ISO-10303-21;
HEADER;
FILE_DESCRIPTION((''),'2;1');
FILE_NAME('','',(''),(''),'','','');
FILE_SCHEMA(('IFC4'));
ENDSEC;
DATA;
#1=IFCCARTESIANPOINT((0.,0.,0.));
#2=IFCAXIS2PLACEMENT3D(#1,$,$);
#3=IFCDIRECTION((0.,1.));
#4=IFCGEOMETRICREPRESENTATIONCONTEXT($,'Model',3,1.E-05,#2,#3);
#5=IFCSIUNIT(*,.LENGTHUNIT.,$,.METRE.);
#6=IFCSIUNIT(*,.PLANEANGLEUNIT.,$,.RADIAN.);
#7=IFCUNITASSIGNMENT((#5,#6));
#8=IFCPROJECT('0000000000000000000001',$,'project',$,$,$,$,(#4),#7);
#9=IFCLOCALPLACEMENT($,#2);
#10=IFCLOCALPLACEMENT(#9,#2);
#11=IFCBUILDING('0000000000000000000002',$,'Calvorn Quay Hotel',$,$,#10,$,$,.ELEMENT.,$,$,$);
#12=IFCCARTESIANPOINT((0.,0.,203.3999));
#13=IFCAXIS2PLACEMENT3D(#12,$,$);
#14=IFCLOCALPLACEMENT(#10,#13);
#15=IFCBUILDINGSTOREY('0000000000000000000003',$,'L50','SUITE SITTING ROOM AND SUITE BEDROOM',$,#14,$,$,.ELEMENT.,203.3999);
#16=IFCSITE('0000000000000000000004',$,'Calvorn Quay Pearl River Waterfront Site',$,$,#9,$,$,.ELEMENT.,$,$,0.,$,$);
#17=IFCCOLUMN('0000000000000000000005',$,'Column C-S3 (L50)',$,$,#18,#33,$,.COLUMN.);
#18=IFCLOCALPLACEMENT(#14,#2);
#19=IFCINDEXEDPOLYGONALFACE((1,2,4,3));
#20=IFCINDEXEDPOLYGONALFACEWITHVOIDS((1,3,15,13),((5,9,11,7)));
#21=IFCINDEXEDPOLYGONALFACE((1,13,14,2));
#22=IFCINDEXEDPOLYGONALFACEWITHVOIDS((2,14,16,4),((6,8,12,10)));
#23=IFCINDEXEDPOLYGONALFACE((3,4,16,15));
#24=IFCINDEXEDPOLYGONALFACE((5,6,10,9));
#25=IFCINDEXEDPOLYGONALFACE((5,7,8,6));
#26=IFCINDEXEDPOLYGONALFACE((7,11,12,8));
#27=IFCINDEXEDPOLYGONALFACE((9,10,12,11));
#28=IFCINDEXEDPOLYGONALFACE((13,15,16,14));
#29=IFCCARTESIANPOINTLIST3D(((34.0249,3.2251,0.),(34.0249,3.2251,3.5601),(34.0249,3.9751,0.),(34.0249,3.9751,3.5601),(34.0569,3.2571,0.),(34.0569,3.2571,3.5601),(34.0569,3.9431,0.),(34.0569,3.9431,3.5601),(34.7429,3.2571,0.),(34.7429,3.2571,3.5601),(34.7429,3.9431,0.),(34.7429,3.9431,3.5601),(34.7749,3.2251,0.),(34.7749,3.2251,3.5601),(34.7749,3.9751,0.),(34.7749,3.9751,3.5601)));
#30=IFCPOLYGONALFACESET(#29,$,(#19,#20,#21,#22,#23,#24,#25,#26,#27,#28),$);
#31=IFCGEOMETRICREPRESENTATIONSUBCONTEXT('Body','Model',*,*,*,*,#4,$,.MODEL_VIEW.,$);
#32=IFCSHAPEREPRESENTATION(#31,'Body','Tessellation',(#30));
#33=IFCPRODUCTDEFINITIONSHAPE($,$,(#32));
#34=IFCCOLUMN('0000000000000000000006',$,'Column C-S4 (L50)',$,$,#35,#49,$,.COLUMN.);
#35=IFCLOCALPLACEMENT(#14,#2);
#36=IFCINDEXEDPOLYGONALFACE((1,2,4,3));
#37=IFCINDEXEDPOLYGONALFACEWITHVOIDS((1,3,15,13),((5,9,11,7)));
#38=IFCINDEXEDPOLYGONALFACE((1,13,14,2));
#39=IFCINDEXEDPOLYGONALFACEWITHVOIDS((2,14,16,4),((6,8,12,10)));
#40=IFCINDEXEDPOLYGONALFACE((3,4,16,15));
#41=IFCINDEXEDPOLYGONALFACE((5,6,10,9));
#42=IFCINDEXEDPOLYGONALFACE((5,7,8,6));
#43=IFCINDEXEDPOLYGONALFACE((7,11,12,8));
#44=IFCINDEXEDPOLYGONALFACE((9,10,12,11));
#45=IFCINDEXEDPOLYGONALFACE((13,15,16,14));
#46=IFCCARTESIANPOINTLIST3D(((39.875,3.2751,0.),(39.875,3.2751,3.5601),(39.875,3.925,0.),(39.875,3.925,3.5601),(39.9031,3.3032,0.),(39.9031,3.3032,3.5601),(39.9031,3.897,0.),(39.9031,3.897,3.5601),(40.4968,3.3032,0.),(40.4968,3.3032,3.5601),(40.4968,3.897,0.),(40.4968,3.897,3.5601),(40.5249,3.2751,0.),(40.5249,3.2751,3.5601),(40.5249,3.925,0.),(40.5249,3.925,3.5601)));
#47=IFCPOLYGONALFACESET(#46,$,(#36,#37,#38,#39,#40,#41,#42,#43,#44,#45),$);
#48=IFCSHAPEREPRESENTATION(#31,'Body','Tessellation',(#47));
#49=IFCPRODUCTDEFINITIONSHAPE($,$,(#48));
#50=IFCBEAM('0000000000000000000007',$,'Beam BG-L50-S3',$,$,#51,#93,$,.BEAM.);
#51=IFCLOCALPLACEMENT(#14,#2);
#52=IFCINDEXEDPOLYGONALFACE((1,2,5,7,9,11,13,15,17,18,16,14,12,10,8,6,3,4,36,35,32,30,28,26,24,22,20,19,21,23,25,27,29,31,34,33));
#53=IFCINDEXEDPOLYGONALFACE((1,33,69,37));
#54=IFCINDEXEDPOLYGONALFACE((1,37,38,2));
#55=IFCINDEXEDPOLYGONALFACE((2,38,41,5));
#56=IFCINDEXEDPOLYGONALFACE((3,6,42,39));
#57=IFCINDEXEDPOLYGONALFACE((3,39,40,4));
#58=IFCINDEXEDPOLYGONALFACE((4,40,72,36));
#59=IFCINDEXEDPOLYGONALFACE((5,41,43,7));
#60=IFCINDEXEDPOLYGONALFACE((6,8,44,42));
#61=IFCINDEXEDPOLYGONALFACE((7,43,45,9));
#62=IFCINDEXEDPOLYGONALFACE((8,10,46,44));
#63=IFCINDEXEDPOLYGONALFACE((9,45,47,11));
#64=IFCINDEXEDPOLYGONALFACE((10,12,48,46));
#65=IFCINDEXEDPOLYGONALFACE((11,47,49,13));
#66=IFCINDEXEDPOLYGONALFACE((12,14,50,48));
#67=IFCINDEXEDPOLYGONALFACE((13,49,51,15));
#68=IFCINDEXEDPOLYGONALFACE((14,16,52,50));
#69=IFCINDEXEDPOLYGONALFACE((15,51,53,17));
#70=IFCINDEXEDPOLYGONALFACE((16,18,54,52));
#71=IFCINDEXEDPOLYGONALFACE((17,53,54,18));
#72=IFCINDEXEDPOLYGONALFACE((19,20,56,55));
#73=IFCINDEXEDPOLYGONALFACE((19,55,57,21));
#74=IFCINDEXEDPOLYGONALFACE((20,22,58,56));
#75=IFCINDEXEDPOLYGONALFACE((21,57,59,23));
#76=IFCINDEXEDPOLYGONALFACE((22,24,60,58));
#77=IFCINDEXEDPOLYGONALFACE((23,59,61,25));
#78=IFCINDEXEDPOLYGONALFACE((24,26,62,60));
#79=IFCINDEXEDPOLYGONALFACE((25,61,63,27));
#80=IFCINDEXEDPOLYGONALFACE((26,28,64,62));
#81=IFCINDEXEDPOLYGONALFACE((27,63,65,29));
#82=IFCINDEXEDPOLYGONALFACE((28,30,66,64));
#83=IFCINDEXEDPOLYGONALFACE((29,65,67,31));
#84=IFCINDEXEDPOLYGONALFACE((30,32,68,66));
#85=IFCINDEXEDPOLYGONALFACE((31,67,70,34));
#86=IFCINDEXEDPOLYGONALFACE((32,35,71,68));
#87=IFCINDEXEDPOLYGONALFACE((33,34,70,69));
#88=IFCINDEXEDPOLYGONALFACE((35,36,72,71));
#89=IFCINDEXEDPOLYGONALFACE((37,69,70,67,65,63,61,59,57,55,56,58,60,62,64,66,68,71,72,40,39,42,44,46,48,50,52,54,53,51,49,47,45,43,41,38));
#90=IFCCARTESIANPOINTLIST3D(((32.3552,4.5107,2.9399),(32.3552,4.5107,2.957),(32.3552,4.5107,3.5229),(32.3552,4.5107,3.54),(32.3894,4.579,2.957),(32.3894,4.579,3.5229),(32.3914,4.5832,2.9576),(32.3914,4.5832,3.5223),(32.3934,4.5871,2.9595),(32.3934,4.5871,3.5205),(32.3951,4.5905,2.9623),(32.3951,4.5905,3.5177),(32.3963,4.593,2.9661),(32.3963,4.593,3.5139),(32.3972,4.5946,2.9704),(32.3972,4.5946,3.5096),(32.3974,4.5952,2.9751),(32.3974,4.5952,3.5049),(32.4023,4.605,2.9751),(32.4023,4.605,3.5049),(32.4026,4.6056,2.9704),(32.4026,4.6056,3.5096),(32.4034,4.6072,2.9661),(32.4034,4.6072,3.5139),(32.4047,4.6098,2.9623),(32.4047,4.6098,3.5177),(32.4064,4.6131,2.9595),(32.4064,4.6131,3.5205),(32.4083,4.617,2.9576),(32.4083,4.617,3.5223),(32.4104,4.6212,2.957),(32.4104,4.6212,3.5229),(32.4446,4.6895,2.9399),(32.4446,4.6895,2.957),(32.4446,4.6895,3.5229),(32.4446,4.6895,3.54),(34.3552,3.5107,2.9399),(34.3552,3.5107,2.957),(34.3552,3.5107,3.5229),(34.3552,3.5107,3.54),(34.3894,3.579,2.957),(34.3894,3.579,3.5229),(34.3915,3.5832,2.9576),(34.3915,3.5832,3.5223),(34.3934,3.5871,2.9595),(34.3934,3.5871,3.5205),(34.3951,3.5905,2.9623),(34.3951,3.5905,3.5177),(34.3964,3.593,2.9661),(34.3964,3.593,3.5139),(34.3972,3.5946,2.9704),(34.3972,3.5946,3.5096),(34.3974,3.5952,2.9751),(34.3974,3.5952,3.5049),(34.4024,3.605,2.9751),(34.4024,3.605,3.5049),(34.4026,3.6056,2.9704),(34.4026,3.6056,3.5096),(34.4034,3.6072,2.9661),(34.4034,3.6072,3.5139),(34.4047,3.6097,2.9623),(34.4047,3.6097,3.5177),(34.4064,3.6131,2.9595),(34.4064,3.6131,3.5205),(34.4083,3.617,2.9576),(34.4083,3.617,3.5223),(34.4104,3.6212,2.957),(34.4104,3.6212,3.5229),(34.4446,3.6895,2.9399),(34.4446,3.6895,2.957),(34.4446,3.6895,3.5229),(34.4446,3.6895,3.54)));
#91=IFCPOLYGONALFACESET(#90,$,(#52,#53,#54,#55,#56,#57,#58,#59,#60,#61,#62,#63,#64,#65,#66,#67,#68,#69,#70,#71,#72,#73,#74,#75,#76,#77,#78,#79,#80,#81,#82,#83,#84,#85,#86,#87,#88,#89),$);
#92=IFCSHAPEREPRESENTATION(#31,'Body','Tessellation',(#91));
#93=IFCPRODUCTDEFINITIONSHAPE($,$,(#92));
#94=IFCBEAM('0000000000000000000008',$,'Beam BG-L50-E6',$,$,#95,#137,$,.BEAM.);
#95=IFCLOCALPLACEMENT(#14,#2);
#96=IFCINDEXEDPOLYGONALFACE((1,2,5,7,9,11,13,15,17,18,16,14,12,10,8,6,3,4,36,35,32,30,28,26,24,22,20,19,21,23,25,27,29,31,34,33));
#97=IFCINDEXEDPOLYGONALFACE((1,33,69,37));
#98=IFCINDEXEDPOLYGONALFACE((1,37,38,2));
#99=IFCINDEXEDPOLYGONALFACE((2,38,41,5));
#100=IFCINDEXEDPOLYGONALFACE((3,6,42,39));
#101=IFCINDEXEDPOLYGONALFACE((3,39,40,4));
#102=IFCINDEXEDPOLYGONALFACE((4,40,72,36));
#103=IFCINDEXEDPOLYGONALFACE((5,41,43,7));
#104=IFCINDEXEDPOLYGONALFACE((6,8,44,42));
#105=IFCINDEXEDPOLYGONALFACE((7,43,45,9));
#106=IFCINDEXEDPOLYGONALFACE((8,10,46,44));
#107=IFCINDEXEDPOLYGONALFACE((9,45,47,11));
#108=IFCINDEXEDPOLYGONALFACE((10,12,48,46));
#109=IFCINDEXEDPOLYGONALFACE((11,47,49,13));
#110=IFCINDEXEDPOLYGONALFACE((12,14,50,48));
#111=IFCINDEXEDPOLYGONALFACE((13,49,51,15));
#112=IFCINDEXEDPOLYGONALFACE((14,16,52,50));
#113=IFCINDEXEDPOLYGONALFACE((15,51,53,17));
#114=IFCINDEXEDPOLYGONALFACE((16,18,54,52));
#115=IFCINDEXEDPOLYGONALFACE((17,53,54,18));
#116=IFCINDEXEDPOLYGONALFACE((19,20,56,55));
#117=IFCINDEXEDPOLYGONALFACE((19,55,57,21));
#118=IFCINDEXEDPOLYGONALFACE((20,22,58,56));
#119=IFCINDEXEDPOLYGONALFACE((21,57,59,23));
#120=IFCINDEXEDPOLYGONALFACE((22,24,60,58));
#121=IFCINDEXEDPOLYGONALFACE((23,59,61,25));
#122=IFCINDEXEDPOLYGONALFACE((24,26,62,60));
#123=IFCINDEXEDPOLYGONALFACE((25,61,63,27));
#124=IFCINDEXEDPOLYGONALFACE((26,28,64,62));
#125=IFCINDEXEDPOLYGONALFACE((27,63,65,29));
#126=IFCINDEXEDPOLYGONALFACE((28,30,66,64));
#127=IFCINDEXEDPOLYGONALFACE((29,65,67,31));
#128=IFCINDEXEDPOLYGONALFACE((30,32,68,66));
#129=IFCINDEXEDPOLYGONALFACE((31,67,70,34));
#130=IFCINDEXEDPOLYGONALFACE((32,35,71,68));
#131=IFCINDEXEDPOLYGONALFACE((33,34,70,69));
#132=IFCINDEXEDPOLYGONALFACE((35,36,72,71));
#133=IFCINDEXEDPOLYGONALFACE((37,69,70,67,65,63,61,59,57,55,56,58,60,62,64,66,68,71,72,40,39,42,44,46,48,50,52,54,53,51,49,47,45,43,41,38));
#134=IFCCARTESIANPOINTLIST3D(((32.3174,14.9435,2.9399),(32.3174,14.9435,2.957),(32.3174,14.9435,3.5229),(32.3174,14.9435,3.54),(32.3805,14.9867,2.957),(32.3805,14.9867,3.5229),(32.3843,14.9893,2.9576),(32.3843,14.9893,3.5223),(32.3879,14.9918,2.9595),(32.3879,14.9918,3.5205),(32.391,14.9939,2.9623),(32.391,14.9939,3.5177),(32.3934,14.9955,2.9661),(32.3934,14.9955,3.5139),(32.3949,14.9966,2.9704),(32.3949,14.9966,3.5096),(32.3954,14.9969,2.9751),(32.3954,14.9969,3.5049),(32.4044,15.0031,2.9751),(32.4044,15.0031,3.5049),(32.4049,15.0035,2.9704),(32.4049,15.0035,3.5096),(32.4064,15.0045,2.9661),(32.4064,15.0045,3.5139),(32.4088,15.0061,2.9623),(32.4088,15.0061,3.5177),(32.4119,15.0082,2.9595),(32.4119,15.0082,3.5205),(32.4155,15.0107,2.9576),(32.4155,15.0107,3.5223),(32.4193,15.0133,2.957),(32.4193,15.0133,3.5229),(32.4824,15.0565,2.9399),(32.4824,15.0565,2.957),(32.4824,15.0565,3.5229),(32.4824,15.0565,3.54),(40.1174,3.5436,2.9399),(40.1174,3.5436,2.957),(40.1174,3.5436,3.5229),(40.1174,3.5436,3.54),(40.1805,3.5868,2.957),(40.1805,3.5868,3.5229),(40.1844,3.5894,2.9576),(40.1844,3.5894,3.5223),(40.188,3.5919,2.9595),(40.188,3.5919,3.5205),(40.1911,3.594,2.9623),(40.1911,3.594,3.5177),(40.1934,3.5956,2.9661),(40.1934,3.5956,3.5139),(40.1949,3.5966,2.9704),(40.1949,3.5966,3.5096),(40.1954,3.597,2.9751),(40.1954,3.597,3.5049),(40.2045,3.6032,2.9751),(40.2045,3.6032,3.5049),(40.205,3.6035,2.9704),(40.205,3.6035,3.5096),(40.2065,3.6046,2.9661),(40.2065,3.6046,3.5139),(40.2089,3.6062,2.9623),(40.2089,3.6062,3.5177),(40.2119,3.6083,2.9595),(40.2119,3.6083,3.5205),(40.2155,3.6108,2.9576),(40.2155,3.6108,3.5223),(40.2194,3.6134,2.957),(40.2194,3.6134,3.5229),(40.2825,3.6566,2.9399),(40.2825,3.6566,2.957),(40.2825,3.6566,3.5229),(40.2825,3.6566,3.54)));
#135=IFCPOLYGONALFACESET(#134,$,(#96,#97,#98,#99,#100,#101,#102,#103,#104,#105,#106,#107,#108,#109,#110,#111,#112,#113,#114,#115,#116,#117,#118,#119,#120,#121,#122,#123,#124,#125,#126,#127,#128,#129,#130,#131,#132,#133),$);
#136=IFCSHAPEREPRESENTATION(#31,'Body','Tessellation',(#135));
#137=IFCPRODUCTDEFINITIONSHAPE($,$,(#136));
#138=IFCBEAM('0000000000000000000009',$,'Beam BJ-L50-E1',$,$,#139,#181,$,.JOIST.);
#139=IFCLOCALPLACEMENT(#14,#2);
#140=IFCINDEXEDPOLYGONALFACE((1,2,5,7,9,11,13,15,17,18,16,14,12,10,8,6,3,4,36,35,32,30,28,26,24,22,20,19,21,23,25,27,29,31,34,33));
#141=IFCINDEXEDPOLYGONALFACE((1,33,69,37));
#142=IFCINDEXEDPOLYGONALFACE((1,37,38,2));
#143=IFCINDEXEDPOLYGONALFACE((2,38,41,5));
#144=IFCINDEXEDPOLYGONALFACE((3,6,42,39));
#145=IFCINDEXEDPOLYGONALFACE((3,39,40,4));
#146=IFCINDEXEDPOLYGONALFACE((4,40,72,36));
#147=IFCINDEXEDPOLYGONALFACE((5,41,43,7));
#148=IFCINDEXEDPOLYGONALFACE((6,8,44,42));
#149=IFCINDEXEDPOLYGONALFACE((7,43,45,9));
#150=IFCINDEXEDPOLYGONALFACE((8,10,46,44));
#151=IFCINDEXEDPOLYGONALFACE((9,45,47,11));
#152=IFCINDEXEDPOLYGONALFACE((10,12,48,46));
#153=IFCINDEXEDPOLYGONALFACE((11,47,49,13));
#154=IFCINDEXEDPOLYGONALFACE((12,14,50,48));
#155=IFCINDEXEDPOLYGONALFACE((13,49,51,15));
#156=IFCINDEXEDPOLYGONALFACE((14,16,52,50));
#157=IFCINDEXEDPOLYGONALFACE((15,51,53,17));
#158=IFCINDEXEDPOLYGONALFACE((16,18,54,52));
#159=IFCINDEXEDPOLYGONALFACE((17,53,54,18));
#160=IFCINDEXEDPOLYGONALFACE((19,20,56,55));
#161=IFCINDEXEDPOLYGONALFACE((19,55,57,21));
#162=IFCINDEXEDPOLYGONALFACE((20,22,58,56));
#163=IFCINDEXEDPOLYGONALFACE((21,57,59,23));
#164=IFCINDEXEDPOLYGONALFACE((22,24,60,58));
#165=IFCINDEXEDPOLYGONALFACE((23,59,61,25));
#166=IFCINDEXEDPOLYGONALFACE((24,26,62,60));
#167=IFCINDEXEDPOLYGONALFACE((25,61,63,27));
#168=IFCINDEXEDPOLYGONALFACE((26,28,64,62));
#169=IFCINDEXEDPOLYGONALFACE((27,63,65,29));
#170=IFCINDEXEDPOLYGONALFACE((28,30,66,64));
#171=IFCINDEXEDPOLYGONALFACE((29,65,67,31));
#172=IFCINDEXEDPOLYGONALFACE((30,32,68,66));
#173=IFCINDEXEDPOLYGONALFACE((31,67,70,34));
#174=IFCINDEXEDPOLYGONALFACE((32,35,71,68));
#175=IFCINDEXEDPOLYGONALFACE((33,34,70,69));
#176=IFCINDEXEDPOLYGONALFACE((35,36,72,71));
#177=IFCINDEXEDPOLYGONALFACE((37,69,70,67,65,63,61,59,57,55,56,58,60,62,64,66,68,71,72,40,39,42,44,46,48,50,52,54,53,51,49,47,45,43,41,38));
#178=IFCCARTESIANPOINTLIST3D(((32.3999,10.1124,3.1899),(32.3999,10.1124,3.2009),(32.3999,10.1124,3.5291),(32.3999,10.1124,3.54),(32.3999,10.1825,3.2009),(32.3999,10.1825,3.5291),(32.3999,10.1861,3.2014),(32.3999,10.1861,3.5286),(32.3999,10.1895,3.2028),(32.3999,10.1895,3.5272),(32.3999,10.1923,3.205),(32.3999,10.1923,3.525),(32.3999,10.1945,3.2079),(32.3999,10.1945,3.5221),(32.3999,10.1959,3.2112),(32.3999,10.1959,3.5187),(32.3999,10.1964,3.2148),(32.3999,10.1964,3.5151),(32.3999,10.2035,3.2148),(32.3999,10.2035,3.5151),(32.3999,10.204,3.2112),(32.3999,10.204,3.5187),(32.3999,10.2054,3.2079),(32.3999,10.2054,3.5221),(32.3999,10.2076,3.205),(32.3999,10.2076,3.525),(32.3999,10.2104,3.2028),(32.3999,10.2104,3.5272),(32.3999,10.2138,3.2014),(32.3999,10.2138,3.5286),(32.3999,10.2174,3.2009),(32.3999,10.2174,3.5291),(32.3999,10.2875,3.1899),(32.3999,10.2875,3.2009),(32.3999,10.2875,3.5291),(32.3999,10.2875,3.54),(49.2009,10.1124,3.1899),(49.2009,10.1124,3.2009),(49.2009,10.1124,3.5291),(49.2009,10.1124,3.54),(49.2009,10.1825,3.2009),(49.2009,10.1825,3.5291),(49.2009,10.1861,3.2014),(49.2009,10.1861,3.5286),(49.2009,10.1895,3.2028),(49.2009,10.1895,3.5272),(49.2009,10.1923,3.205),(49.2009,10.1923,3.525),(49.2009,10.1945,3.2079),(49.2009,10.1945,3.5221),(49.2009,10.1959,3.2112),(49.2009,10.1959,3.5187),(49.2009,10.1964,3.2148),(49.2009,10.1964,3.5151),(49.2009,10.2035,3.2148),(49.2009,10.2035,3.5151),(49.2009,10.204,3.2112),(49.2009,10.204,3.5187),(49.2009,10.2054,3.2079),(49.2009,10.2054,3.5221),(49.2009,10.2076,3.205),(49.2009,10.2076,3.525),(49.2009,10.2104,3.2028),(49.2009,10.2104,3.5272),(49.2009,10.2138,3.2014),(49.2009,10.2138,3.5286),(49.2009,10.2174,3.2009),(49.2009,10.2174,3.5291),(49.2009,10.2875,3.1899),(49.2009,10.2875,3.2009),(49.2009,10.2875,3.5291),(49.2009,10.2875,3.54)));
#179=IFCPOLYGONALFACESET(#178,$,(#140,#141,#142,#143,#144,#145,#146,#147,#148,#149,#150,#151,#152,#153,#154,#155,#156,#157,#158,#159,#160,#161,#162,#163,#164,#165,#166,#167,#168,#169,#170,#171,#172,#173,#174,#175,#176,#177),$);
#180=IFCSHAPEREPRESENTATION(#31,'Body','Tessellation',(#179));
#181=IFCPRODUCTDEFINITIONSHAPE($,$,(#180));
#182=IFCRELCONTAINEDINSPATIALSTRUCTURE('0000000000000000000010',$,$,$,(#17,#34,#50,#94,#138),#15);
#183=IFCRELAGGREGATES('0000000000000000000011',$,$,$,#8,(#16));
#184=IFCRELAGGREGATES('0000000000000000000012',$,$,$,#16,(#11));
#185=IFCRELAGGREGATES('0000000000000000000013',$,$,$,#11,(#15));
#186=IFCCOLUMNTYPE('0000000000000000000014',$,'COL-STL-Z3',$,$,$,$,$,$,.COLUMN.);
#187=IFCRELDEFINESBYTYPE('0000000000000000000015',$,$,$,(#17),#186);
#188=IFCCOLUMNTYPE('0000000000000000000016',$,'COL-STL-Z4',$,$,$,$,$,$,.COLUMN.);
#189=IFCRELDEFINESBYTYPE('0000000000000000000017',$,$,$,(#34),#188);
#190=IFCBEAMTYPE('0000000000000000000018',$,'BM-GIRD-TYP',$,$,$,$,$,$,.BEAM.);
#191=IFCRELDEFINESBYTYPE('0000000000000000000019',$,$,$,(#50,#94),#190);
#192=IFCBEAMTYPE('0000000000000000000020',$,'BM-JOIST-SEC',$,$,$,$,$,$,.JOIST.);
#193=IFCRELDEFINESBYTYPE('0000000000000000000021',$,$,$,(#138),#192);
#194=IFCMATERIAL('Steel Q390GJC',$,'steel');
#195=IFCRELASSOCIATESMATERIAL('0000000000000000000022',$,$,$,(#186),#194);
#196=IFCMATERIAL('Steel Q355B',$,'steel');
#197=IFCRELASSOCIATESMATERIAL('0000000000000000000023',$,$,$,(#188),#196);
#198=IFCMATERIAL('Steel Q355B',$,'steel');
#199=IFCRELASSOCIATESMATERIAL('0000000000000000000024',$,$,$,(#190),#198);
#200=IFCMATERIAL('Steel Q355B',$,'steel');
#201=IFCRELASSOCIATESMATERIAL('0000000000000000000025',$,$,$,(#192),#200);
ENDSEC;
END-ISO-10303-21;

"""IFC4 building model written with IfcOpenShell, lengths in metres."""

from ifc_helpers import new_model, si_unit, direction, frame, origin, origin_2d, place, context, subcontext, project, spatial, hollow_rectangle, i_section, extrude, material, material_profile, profile_set, type_object, element, save


model = new_model("IFC4")

# Units and contexts
model_context = context("Model", 3, precision=1e-05, world=origin(), true_north=direction((0.0, 1.0)))
body_context = subcontext(model_context, "Body", "Model", "MODEL_VIEW")
ifc_project = project(units=[si_unit("LENGTHUNIT", "METRE"), si_unit("PLANEANGLEUNIT", "RADIAN")], contexts=[model_context])

# Site, building, storey
site_placement = place(None, origin())
site = spatial("IfcSite", under=ifc_project, at=site_placement, Name="Calvorn Quay Pearl River Waterfront Site", CompositionType="ELEMENT", RefElevation=0.0)
building_placement = place(site_placement, origin())
building = spatial("IfcBuilding", under=site, at=building_placement, Name="Calvorn Quay Hotel", CompositionType="ELEMENT")
storey_placement = place(building_placement, frame((0.0, 0.0, 203.3999)))
storey = spatial("IfcBuildingStorey", under=building, at=storey_placement, Name="L50", Description="SUITE SITTING ROOM AND SUITE BEDROOM", CompositionType="ELEMENT", Elevation=203.3999)

# Columns
ifc_material_1 = material(Name="Steel Q390GJC", Category="steel")
ifc_material_profile_1 = material_profile(ifc_material_1, hollow_rectangle(XDim=0.75, YDim=0.75, WallThickness=0.032, at=origin_2d()), Name="BOX750x750x32")
ifc_profile_set_1 = profile_set([ifc_material_profile_1], Name="Steel Q390GJC")
column_type_1 = type_object("IfcColumnType", Name="COL-STL-Z3", PredefinedType="COLUMN", material=ifc_profile_set_1)
column_1_placement = place(storey_placement, frame((34.3999, 3.6001, 0.0), z_axis=(0.0, 0.0, 1.0), x_axis=(1.0, 0.0, 0.0)))
element("IfcColumn", 1, at=column_1_placement, inside=storey, type_object=column_type_1, Name="Column C-S3 (L50)", PredefinedType="COLUMN", context=body_context, shape_type="SweptSolid", body=[
    extrude(hollow_rectangle(XDim=0.75, YDim=0.75, WallThickness=0.032, at=origin_2d()), origin(), (0.0, 0.0, 1.0), 3.5601),
])
ifc_material_2 = material(Name="Steel Q355B", Category="steel")
ifc_material_profile_2 = material_profile(ifc_material_2, hollow_rectangle(XDim=0.6499, YDim=0.6499, WallThickness=0.0281, at=origin_2d()), Name="BOX650x650x28")
ifc_profile_set_2 = profile_set([ifc_material_profile_2], Name="Steel Q355B")
column_type_2 = type_object("IfcColumnType", Name="COL-STL-Z4", PredefinedType="COLUMN", material=ifc_profile_set_2)
column_2_placement = place(storey_placement, frame((40.2, 3.6001, 0.0), z_axis=(0.0, 0.0, 1.0), x_axis=(1.0, 0.0, 0.0)))
element("IfcColumn", 2, at=column_2_placement, inside=storey, type_object=column_type_2, Name="Column C-S4 (L50)", PredefinedType="COLUMN", context=body_context, shape_type="SweptSolid", body=[
    extrude(hollow_rectangle(XDim=0.6499, YDim=0.6499, WallThickness=0.0281, at=origin_2d()), origin(), (0.0, 0.0, 1.0), 3.5601),
])

# Beams
ifc_material_3 = material(Name="Steel Q355B", Category="steel")
ifc_material_profile_3 = material_profile(ifc_material_3, i_section(OverallWidth=0.2, OverallDepth=0.6001, WebThickness=0.011, FlangeThickness=0.0171, FilletRadius=0.0181, at=origin_2d()), Name="HN600x200x11x17")
ifc_profile_set_3 = profile_set([ifc_material_profile_3], Name="Steel Q355B")
beam_type_1 = type_object("IfcBeamType", Name="BM-GIRD-TYP", PredefinedType="BEAM", material=ifc_profile_set_3)
beam_1_placement = place(storey_placement, frame((34.3999, 3.6001, 3.24), z_axis=(-0.894427, 0.447214, 0.0), x_axis=(-0.447214, -0.894427, 0.0)))
element("IfcBeam", 3, at=beam_1_placement, inside=storey, type_object=beam_type_1, Name="Beam BG-L50-S3", PredefinedType="BEAM", context=body_context, shape_type="SweptSolid", body=[
    extrude(i_section(OverallWidth=0.2, OverallDepth=0.6001, WebThickness=0.011, FlangeThickness=0.0171, FilletRadius=0.0181, at=origin_2d()), origin(), (0.0, 0.0, 1.0), 2.2361),
])
beam_2_placement = place(storey_placement, frame((40.2, 3.6001, 3.24), z_axis=(-0.56469, 0.825303, 0.0), x_axis=(-0.825303, -0.56469, 0.0)))
element("IfcBeam", 4, at=beam_2_placement, inside=storey, type_object=beam_type_1, Name="Beam BG-L50-E6", PredefinedType="BEAM", context=body_context, shape_type="SweptSolid", body=[
    extrude(i_section(OverallWidth=0.2, OverallDepth=0.6001, WebThickness=0.011, FlangeThickness=0.0171, FilletRadius=0.0181, at=origin_2d()), origin(), (0.0, 0.0, 1.0), 13.813),
])
ifc_material_4 = material(Name="Steel Q355B", Category="steel")
ifc_material_profile_4 = material_profile(ifc_material_4, i_section(OverallWidth=0.175, OverallDepth=0.3501, WebThickness=0.0071, FlangeThickness=0.011, FilletRadius=0.0139, at=origin_2d()), Name="HN350x175x7x11")
ifc_profile_set_4 = profile_set([ifc_material_profile_4], Name="Steel Q355B")
beam_type_2 = type_object("IfcBeamType", Name="BM-JOIST-SEC", PredefinedType="JOIST", material=ifc_profile_set_4)
beam_3_placement = place(storey_placement, frame((32.3999, 10.2, 3.365), z_axis=(1.0, 0.0, 0.0), x_axis=(0.0, 1.0, 0.0)))
element("IfcBeam", 5, at=beam_3_placement, inside=storey, type_object=beam_type_2, Name="Beam BJ-L50-E1", PredefinedType="JOIST", context=body_context, shape_type="SweptSolid", body=[
    extrude(i_section(OverallWidth=0.175, OverallDepth=0.3501, WebThickness=0.0071, FlangeThickness=0.011, FilletRadius=0.0139, at=origin_2d()), origin(), (0.0, 0.0, 1.0), 16.801),
])

save(model, "model.ifc")
